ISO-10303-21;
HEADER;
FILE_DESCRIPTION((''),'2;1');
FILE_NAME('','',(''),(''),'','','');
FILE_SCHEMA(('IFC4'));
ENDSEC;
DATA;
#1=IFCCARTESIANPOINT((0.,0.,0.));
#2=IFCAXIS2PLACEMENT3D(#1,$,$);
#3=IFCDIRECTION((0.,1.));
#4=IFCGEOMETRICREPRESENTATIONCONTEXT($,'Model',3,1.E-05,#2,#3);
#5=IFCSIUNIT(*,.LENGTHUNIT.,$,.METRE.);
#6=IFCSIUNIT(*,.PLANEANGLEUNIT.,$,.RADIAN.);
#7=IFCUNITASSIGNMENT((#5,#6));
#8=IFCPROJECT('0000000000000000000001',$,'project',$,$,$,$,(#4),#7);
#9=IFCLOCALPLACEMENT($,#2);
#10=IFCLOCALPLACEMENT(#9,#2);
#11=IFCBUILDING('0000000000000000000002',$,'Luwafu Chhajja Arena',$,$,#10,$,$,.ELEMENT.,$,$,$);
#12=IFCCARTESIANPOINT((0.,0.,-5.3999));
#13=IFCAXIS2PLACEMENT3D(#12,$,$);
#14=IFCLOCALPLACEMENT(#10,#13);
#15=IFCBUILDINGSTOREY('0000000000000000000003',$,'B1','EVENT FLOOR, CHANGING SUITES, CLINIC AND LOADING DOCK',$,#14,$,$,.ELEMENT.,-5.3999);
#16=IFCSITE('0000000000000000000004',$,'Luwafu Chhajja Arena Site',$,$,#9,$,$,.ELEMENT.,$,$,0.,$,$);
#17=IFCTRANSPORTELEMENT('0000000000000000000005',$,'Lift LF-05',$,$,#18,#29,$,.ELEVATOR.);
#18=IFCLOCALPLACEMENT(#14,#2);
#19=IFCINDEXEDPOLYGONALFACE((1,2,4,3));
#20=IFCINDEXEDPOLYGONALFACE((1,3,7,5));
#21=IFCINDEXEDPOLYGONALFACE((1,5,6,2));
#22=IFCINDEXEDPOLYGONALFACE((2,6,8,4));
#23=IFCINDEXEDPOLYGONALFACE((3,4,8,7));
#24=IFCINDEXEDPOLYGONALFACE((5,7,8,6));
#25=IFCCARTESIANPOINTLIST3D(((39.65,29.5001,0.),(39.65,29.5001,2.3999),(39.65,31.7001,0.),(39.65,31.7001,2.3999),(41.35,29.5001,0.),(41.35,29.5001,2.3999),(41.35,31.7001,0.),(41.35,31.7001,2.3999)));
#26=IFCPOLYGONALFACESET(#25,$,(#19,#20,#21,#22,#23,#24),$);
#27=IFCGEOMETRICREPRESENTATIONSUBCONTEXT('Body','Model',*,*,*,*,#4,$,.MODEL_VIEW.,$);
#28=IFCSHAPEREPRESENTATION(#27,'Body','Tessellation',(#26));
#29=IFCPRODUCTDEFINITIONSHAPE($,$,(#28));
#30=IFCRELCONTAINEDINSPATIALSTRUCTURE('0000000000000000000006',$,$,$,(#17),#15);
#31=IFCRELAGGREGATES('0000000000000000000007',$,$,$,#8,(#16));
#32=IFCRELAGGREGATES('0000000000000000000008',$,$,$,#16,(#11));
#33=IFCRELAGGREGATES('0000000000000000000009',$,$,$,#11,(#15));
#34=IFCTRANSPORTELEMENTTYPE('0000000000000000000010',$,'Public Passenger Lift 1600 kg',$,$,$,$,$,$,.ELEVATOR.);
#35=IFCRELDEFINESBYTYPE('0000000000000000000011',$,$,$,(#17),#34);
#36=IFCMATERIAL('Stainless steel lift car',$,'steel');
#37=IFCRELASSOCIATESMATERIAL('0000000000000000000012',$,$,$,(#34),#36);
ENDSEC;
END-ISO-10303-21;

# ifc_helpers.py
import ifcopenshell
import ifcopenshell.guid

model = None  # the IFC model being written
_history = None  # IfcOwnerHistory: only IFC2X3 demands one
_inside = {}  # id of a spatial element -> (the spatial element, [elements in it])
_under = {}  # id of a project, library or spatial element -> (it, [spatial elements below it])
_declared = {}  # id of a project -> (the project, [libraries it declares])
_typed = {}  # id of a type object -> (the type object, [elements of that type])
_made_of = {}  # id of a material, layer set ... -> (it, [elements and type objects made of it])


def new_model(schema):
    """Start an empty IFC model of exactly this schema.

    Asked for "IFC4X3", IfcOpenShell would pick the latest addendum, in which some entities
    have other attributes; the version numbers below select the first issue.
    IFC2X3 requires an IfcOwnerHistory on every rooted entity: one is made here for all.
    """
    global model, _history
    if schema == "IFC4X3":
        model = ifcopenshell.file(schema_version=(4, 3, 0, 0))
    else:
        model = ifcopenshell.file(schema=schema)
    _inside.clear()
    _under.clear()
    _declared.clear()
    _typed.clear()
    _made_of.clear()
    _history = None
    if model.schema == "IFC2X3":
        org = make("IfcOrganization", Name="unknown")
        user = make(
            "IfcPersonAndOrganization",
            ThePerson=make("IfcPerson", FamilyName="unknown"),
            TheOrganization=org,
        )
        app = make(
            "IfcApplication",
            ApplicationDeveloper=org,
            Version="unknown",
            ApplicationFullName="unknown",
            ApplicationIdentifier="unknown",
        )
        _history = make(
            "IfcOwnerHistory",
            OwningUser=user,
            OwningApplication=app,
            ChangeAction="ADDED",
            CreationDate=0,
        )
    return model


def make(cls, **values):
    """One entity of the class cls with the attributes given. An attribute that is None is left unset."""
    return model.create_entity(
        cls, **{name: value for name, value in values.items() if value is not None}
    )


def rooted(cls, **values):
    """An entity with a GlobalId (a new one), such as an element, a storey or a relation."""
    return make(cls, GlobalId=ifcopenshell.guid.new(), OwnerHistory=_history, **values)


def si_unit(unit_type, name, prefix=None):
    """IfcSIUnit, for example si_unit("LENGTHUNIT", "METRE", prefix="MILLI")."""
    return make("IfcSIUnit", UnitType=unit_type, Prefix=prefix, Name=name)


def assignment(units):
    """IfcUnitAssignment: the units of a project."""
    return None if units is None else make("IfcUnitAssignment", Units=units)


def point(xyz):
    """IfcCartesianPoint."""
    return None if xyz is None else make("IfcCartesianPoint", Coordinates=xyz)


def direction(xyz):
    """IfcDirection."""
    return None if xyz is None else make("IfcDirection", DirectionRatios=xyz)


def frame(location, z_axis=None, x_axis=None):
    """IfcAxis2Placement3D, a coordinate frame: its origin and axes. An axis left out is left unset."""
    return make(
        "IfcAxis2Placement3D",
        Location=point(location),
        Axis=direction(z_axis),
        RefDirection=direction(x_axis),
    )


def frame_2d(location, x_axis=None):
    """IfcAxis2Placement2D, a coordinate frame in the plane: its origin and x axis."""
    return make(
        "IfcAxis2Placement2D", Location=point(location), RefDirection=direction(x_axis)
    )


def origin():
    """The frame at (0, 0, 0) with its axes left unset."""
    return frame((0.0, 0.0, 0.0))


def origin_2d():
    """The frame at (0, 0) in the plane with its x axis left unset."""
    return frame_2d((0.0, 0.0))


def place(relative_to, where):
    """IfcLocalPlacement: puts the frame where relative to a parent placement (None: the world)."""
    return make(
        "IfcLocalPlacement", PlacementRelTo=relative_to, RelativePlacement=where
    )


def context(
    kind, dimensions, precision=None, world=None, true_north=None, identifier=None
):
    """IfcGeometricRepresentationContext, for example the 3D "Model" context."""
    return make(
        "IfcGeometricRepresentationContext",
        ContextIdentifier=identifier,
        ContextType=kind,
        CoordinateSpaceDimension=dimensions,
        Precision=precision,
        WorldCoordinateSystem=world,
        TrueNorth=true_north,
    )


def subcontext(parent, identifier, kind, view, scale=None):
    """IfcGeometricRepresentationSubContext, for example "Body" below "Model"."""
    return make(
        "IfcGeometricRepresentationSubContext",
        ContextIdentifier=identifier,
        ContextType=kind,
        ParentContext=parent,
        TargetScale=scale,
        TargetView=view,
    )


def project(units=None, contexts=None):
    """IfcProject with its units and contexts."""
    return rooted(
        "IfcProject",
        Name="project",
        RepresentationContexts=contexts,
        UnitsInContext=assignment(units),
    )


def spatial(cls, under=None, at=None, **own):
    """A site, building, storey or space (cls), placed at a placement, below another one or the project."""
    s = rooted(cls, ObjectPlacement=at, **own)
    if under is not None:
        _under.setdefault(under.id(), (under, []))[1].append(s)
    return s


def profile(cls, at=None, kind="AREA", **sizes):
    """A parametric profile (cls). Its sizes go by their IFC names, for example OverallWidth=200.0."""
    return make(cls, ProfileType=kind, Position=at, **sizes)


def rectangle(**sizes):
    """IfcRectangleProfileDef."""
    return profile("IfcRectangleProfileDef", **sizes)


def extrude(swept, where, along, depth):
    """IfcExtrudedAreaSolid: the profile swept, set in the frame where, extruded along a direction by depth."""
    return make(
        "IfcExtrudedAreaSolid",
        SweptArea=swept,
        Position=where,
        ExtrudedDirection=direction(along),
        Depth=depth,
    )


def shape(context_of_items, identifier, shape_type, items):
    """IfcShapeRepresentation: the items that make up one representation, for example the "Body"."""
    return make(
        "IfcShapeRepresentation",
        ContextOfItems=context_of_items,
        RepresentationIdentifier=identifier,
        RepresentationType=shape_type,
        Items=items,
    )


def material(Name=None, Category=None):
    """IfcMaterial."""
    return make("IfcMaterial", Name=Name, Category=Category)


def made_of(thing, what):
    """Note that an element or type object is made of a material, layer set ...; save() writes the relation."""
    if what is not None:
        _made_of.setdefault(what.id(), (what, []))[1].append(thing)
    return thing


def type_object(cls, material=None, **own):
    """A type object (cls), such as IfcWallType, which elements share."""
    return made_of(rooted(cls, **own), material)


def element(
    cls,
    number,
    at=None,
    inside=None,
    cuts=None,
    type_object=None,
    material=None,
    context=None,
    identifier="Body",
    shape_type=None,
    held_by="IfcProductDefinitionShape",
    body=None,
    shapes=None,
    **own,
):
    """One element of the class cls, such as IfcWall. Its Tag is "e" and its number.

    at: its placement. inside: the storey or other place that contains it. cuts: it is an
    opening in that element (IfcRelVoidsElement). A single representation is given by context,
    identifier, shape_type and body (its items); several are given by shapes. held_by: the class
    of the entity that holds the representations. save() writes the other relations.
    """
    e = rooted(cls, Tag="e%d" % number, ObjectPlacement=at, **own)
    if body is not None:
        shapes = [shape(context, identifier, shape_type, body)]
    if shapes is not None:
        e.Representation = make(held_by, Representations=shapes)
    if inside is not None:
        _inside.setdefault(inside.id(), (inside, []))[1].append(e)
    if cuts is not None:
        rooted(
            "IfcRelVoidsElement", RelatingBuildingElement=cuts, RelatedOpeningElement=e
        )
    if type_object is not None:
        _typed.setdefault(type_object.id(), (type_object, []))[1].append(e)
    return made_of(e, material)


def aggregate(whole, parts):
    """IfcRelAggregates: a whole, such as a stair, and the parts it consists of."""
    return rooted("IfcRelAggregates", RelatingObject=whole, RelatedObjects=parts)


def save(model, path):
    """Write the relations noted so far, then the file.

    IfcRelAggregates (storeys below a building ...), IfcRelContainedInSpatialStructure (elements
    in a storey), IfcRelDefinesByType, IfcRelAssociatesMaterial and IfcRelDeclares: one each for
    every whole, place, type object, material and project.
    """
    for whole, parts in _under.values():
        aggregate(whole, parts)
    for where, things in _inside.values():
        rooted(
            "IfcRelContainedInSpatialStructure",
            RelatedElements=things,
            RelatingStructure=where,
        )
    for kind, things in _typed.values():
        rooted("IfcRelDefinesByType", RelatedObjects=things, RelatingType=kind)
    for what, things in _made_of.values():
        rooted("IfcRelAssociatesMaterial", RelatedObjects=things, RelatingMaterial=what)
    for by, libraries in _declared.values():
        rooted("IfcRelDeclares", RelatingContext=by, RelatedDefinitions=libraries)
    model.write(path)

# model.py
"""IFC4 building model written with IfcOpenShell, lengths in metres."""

from ifc_helpers import new_model, si_unit, direction, frame, origin, origin_2d, place, context, subcontext, project, spatial, rectangle, extrude, material, type_object, element, save


model = new_model("IFC4")

# Units and contexts
model_context = context("Model", 3, precision=1e-05, world=origin(), true_north=direction((0.0, 1.0)))
body_context = subcontext(model_context, "Body", "Model", "MODEL_VIEW")
ifc_project = project(units=[si_unit("LENGTHUNIT", "METRE"), si_unit("PLANEANGLEUNIT", "RADIAN")], contexts=[model_context])

# Site, building, storey
site_placement = place(None, origin())
site = spatial("IfcSite", under=ifc_project, at=site_placement, Name="Luwafu Chhajja Arena Site", CompositionType="ELEMENT", RefElevation=0.0)
building_placement = place(site_placement, origin())
building = spatial("IfcBuilding", under=site, at=building_placement, Name="Luwafu Chhajja Arena", CompositionType="ELEMENT")
storey_placement = place(building_placement, frame((0.0, 0.0, -5.3999)))
storey = spatial("IfcBuildingStorey", under=building, at=storey_placement, Name="B1", Description="EVENT FLOOR, CHANGING SUITES, CLINIC AND LOADING DOCK", CompositionType="ELEMENT", Elevation=-5.3999)

# Transport element
ifc_material_1 = material(Name="Stainless steel lift car", Category="steel")
transport_element_type = type_object("IfcTransportElementType", Name="Public Passenger Lift 1600 kg", PredefinedType="ELEVATOR", material=ifc_material_1)
transport_element_placement = place(storey_placement, frame((40.5, 30.6001, 0.0), z_axis=(0.0, 0.0, 1.0), x_axis=(1.0, 0.0, 0.0)))
element("IfcTransportElement", 1, at=transport_element_placement, inside=storey, type_object=transport_element_type, Name="Lift LF-05", PredefinedType="ELEVATOR", context=body_context, shape_type="SweptSolid", body=[
    extrude(rectangle(XDim=1.7, YDim=2.2, at=origin_2d()), origin(), (0.0, 0.0, 1.0), 2.3999),
])

save(model, "model.ifc")
